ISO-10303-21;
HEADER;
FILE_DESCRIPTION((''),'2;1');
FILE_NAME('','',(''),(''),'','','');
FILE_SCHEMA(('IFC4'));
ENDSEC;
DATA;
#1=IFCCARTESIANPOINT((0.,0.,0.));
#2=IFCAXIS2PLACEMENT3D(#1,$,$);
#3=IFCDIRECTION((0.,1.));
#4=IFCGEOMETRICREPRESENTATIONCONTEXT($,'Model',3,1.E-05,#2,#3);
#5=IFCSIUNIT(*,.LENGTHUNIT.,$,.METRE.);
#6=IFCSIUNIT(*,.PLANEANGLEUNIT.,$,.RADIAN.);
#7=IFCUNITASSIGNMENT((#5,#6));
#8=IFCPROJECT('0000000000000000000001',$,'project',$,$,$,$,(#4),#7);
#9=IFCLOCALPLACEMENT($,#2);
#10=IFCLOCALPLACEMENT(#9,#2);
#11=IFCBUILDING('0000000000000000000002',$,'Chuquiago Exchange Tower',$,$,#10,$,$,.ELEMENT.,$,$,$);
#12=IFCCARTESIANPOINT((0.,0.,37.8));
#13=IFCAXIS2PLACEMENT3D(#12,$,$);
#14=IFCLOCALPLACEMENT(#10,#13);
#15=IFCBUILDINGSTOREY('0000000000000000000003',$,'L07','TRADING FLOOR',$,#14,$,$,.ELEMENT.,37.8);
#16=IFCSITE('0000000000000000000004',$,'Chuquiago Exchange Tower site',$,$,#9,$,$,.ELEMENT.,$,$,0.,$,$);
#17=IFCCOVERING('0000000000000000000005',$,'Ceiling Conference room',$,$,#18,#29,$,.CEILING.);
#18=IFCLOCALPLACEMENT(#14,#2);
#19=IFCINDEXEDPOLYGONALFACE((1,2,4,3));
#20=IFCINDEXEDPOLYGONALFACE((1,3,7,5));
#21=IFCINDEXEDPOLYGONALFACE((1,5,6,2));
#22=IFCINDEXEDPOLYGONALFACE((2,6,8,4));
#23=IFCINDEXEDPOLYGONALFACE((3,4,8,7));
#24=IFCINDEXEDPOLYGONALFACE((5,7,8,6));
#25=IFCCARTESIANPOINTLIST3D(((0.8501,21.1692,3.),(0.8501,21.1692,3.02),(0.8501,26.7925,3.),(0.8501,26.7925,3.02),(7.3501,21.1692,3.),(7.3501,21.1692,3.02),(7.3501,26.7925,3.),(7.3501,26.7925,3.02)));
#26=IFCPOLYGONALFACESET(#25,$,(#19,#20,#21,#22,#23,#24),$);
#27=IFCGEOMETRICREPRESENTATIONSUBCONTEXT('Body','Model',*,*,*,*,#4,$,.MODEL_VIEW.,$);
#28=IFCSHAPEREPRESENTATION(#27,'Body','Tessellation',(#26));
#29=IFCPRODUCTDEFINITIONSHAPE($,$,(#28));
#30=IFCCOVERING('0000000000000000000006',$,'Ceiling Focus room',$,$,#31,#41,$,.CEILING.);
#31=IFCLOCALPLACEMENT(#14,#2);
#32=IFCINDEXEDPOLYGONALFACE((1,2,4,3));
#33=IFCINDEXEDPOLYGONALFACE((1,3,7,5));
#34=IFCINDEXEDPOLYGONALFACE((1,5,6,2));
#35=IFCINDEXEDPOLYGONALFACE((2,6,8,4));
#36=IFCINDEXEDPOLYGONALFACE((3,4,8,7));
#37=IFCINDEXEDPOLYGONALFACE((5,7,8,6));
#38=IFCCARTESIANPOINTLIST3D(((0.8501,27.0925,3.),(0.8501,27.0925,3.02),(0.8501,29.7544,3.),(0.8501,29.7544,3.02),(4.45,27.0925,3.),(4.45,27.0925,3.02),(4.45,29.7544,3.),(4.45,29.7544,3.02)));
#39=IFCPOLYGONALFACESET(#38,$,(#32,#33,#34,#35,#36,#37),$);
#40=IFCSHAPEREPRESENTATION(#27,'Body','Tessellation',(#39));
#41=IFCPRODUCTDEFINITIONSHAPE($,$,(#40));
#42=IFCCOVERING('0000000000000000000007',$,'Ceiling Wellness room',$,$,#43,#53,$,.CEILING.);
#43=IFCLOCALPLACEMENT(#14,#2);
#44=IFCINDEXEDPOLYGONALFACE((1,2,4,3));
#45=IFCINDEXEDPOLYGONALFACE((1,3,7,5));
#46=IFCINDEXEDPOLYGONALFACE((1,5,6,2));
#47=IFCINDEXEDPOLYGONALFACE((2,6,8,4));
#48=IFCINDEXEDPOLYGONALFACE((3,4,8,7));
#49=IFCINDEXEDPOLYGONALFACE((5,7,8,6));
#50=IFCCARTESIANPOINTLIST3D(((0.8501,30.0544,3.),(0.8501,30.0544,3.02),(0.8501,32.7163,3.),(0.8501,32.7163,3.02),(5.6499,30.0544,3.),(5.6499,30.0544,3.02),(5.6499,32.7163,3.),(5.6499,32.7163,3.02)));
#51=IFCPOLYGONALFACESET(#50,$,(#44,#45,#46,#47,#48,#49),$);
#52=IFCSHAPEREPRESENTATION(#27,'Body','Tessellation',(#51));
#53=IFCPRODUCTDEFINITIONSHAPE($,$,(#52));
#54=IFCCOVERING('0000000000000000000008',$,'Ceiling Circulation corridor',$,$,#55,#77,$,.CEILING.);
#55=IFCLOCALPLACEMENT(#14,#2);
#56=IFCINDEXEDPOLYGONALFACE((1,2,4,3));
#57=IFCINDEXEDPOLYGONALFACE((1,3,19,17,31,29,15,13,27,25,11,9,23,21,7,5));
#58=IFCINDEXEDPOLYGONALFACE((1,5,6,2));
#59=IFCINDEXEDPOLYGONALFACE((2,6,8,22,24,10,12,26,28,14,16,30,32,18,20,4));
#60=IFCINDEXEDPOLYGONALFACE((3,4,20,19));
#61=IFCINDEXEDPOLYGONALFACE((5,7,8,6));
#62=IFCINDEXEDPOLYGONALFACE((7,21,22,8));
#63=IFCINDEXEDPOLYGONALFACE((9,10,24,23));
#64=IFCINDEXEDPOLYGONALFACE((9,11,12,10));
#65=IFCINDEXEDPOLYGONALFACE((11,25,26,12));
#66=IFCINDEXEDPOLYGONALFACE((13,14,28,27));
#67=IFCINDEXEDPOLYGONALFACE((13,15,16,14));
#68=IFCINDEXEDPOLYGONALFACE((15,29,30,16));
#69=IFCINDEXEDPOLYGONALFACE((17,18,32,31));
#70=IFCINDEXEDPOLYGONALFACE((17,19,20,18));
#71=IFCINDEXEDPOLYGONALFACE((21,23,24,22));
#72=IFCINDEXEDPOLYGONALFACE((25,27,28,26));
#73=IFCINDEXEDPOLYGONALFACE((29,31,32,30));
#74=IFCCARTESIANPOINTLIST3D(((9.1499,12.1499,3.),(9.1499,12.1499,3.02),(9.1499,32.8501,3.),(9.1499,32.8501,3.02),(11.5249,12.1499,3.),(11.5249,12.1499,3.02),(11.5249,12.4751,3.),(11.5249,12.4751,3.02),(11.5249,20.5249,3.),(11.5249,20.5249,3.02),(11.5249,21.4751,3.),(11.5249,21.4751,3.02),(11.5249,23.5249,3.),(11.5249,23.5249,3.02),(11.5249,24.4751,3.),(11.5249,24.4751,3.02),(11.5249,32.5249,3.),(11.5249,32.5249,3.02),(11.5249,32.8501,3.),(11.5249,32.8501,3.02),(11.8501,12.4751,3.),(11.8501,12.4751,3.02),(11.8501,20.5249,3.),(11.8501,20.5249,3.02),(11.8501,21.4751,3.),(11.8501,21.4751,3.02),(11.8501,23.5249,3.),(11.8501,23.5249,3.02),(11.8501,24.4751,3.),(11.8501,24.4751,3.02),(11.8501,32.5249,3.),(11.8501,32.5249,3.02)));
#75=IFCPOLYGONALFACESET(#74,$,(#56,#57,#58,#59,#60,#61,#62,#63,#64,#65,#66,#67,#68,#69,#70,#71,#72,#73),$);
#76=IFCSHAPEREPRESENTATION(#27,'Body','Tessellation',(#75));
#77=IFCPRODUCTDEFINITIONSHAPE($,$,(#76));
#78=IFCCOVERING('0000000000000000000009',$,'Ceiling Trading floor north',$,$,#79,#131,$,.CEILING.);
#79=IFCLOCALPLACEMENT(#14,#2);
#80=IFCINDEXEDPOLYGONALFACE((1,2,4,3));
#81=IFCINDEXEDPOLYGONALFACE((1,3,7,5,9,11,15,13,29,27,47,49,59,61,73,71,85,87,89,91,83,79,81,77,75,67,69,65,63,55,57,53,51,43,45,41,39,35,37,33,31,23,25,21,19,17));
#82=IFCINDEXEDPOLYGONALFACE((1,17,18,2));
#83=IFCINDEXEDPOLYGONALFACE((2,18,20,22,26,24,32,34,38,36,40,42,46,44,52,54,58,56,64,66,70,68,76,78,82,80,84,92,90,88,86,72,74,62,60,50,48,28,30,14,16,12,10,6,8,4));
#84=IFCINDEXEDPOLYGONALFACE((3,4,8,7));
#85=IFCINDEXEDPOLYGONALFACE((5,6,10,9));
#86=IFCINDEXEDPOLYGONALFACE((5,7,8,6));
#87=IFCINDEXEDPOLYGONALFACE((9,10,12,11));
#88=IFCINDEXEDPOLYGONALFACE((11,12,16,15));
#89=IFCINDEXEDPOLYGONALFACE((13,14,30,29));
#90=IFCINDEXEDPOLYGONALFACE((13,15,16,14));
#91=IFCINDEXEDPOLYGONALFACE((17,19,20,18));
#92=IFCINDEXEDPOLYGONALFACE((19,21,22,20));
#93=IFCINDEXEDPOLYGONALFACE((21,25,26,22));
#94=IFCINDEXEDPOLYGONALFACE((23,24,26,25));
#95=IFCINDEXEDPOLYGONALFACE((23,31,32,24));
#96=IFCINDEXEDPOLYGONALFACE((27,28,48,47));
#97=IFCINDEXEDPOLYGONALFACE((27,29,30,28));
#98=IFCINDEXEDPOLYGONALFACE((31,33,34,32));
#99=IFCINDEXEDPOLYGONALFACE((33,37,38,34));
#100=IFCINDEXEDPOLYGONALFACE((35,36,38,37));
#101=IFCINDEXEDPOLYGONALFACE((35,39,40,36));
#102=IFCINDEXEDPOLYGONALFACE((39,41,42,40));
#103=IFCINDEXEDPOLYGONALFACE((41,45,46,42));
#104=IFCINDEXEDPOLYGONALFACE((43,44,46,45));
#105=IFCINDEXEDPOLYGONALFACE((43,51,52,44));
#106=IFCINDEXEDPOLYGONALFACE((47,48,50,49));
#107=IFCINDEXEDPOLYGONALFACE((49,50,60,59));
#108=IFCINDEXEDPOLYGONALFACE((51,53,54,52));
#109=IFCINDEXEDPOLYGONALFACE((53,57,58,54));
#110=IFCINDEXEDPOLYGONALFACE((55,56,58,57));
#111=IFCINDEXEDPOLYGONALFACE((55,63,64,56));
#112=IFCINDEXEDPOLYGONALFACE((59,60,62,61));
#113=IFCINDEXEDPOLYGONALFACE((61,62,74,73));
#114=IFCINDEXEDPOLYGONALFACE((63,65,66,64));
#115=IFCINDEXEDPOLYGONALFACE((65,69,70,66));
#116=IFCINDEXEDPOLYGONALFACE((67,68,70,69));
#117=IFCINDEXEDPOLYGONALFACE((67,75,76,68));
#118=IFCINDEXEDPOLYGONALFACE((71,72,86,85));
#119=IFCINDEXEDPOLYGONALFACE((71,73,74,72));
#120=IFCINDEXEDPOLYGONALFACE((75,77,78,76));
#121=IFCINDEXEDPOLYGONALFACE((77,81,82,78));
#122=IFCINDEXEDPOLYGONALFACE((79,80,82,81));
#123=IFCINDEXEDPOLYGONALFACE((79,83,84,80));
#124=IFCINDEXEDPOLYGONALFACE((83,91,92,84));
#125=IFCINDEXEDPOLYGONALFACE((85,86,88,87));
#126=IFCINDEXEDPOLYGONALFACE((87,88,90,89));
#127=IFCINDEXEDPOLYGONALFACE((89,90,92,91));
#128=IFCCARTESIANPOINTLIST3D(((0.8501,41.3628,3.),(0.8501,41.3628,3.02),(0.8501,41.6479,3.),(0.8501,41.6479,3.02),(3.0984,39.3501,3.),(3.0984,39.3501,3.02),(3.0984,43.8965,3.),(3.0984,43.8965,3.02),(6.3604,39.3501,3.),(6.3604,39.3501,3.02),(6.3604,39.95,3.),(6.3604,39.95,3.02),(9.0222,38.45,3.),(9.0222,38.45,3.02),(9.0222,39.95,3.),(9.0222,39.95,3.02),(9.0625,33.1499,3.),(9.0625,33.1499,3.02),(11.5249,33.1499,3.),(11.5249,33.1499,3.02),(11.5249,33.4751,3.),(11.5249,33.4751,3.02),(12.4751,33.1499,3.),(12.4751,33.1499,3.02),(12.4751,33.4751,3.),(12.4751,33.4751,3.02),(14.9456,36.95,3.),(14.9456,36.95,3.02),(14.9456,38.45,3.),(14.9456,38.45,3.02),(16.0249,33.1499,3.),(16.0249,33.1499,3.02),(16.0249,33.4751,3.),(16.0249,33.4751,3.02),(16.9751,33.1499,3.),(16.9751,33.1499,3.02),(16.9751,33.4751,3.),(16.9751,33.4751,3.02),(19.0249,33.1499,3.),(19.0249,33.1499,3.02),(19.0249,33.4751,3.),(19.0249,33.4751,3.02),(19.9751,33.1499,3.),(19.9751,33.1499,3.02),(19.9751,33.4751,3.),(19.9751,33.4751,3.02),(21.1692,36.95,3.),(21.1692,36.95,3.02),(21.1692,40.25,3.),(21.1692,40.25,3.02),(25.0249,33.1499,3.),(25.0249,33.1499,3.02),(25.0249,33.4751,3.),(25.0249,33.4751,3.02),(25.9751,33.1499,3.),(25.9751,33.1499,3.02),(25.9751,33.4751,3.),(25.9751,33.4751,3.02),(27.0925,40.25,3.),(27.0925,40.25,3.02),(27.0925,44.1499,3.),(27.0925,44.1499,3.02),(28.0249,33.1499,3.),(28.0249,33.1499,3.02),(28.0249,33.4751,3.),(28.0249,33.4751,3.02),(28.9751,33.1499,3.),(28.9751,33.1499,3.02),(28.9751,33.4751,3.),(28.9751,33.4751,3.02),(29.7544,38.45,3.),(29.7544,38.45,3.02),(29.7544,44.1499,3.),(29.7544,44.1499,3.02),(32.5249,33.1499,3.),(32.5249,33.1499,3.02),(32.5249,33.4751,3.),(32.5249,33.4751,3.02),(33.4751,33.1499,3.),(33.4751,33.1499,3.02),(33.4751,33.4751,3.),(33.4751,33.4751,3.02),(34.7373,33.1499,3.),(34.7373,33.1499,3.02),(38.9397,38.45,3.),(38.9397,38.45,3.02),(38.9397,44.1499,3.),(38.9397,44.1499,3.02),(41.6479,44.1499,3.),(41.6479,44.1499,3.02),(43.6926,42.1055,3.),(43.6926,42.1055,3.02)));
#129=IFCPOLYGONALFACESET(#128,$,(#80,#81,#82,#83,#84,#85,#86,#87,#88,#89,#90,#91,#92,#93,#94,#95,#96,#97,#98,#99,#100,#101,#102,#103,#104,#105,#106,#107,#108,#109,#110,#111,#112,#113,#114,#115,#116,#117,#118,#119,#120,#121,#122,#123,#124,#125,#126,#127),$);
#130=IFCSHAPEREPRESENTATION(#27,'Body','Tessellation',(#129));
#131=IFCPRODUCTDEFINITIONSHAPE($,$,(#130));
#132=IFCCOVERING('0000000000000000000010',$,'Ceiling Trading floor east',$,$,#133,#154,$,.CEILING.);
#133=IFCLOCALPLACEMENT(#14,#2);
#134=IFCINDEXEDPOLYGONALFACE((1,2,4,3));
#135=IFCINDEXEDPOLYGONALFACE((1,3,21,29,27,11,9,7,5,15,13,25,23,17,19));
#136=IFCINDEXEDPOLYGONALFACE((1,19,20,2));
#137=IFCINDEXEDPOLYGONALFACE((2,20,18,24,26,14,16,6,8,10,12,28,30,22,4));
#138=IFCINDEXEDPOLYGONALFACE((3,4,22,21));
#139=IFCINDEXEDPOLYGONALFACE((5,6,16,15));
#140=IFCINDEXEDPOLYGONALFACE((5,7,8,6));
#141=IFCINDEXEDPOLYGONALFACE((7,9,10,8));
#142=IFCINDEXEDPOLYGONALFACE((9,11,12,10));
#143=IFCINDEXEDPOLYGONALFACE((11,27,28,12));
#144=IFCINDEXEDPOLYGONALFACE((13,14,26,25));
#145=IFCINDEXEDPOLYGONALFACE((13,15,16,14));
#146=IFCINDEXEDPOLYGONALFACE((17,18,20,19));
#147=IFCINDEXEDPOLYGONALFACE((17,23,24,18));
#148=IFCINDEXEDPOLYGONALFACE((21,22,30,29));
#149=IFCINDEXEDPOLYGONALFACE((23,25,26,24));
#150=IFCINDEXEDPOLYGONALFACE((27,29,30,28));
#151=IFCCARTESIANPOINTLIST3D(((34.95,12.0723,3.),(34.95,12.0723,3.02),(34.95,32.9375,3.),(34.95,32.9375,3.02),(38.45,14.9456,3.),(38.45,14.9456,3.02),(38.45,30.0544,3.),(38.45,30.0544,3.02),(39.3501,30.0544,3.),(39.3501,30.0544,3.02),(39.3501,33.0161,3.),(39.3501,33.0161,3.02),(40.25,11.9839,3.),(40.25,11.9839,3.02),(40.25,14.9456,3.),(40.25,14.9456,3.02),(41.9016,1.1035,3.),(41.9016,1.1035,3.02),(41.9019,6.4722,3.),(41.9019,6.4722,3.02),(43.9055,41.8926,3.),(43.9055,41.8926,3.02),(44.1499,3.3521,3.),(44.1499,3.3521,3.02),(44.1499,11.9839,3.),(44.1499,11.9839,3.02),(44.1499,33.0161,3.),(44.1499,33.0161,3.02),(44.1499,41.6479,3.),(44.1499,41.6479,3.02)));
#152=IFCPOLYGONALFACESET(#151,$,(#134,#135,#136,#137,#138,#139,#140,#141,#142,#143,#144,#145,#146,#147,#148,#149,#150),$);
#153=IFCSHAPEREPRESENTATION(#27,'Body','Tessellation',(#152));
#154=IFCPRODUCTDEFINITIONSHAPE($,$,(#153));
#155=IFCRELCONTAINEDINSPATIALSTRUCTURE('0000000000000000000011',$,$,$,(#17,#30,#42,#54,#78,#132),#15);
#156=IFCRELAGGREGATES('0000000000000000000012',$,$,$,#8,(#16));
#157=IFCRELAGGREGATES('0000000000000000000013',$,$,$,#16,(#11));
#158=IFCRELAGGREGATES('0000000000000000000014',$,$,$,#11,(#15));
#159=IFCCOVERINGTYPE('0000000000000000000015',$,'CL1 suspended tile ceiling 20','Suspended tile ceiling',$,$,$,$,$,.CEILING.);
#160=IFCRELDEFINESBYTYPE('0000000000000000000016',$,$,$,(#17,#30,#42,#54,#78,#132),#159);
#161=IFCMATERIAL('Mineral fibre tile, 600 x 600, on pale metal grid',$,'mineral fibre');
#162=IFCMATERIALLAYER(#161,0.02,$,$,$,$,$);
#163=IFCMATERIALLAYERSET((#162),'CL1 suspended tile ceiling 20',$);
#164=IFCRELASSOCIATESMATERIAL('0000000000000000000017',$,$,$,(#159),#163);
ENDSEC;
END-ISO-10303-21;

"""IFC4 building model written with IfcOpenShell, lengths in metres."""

from ifc_helpers import new_model, si_unit, direction, frame, origin, place, context, subcontext, project, spatial, polyline, outline, extrude, material, layer, layer_set, type_object, element, save


model = new_model("IFC4")

# Units and contexts
model_context = context("Model", 3, precision=1e-05, world=origin(), true_north=direction((0.0, 1.0)))
body_context = subcontext(model_context, "Body", "Model", "MODEL_VIEW")
ifc_project = project(units=[si_unit("LENGTHUNIT", "METRE"), si_unit("PLANEANGLEUNIT", "RADIAN")], contexts=[model_context])

# Site, building, storey
site_placement = place(None, origin())
site = spatial("IfcSite", under=ifc_project, at=site_placement, Name="Chuquiago Exchange Tower site", CompositionType="ELEMENT", RefElevation=0.0)
building_placement = place(site_placement, origin())
building = spatial("IfcBuilding", under=site, at=building_placement, Name="Chuquiago Exchange Tower", CompositionType="ELEMENT")
storey_placement = place(building_placement, frame((0.0, 0.0, 37.8)))
storey = spatial("IfcBuildingStorey", under=building, at=storey_placement, Name="L07", Description="TRADING FLOOR", CompositionType="ELEMENT", Elevation=37.8)

# Coverings
ifc_material_1 = material(Name="Mineral fibre tile, 600 x 600, on pale metal grid", Category="mineral fibre")
ifc_layer_1 = layer(ifc_material_1, 0.02)
ifc_layer_set_1 = layer_set([ifc_layer_1], Name="CL1 suspended tile ceiling 20")
covering_type_1 = type_object("IfcCoveringType", Name="CL1 suspended tile ceiling 20", Description="Suspended tile ceiling", PredefinedType="CEILING", material=ifc_layer_set_1)
covering_1_placement = place(storey_placement, frame((0.0, 0.0, 3.0)))
element("IfcCovering", 1, at=covering_1_placement, inside=storey, type_object=covering_type_1, Name="Ceiling Conference room", PredefinedType="CEILING", context=body_context, shape_type="SweptSolid", body=[
    extrude(outline(polyline([(7.3501, 26.7925), (7.3501, 21.1692), (0.8501, 21.1692), (0.8501, 26.7925), (7.3501, 26.7925)])), origin(), (0.0, 0.0, 1.0), 0.02),
])
covering_2_placement = place(storey_placement, frame((0.0, 0.0, 3.0)))
element("IfcCovering", 2, at=covering_2_placement, inside=storey, type_object=covering_type_1, Name="Ceiling Focus room", PredefinedType="CEILING", context=body_context, shape_type="SweptSolid", body=[
    extrude(outline(polyline([(4.45, 29.7544), (4.45, 27.0925), (0.8501, 27.0925), (0.8501, 29.7544), (4.45, 29.7544)])), origin(), (0.0, 0.0, 1.0), 0.02),
])
covering_3_placement = place(storey_placement, frame((0.0, 0.0, 3.0)))
element("IfcCovering", 3, at=covering_3_placement, inside=storey, type_object=covering_type_1, Name="Ceiling Wellness room", PredefinedType="CEILING", context=body_context, shape_type="SweptSolid", body=[
    extrude(outline(polyline([(5.6499, 32.7163), (5.6499, 30.0544), (0.8501, 30.0544), (0.8501, 32.7163), (5.6499, 32.7163)])), origin(), (0.0, 0.0, 1.0), 0.02),
])
covering_4_placement = place(storey_placement, frame((0.0, 0.0, 3.0)))
element("IfcCovering", 4, at=covering_4_placement, inside=storey, type_object=covering_type_1, Name="Ceiling Circulation corridor", PredefinedType="CEILING", context=body_context, shape_type="SweptSolid", body=[
    extrude(outline(polyline([(9.1499, 12.1499), (9.1499, 32.8501), (11.5249, 32.8501), (11.5249, 32.5249), (11.8501, 32.5249), (11.8501, 24.4751), (11.5249, 24.4751), (11.5249, 23.5249), (11.8501, 23.5249), (11.8501, 21.4751), (11.5249, 21.4751), (11.5249, 20.5249), (11.8501, 20.5249), (11.8501, 12.4751), (11.5249, 12.4751), (11.5249, 12.1499), (9.1499, 12.1499)])), origin(), (0.0, 0.0, 1.0), 0.02),
])
covering_5_placement = place(storey_placement, frame((0.0, 0.0, 3.0)))
element("IfcCovering", 5, at=covering_5_placement, inside=storey, type_object=covering_type_1, Name="Ceiling Trading floor north", PredefinedType="CEILING", context=body_context, shape_type="SweptSolid", body=[
    extrude(outline(polyline([(3.0984, 43.8965), (3.0984, 39.3501), (6.3604, 39.3501), (6.3604, 39.95), (9.0222, 39.95), (9.0222, 38.45), (14.9456, 38.45), (14.9456, 36.95), (21.1692, 36.95), (21.1692, 40.25), (27.0925, 40.25), (27.0925, 44.1499), (29.7544, 44.1499), (29.7544, 38.45), (38.9397, 38.45), (38.9397, 44.1499), (41.6479, 44.1499), (43.6926, 42.1055), (34.7373, 33.1499), (33.4751, 33.1499), (33.4751, 33.4751), (32.5249, 33.4751), (32.5249, 33.1499), (28.9751, 33.1499), (28.9751, 33.4751), (28.0249, 33.4751), (28.0249, 33.1499), (25.9751, 33.1499), (25.9751, 33.4751), (25.0249, 33.4751), (25.0249, 33.1499), (19.9751, 33.1499), (19.9751, 33.4751), (19.0249, 33.4751), (19.0249, 33.1499), (16.9751, 33.1499), (16.9751, 33.4751), (16.0249, 33.4751), (16.0249, 33.1499), (12.4751, 33.1499), (12.4751, 33.4751), (11.5249, 33.4751), (11.5249, 33.1499), (9.0625, 33.1499), (0.8501, 41.3628), (0.8501, 41.6479), (3.0984, 43.8965)])), origin(), (0.0, 0.0, 1.0), 0.02),
])
covering_6_placement = place(storey_placement, frame((0.0, 0.0, 3.0)))
element("IfcCovering", 6, at=covering_6_placement, inside=storey, type_object=covering_type_1, Name="Ceiling Trading floor east", PredefinedType="CEILING", context=body_context, shape_type="SweptSolid", body=[
    extrude(outline(polyline([(44.1499, 33.0161), (39.3501, 33.0161), (39.3501, 30.0544), (38.45, 30.0544), (38.45, 14.9456), (40.25, 14.9456), (40.25, 11.9839), (44.1499, 11.9839), (44.1499, 3.3521), (41.9016, 1.1035), (41.9019, 6.4722), (34.95, 12.0723), (34.95, 32.9375), (43.9055, 41.8926), (44.1499, 41.6479), (44.1499, 33.0161)])), origin(), (0.0, 0.0, 1.0), 0.02),
])

save(model, "model.ifc")
